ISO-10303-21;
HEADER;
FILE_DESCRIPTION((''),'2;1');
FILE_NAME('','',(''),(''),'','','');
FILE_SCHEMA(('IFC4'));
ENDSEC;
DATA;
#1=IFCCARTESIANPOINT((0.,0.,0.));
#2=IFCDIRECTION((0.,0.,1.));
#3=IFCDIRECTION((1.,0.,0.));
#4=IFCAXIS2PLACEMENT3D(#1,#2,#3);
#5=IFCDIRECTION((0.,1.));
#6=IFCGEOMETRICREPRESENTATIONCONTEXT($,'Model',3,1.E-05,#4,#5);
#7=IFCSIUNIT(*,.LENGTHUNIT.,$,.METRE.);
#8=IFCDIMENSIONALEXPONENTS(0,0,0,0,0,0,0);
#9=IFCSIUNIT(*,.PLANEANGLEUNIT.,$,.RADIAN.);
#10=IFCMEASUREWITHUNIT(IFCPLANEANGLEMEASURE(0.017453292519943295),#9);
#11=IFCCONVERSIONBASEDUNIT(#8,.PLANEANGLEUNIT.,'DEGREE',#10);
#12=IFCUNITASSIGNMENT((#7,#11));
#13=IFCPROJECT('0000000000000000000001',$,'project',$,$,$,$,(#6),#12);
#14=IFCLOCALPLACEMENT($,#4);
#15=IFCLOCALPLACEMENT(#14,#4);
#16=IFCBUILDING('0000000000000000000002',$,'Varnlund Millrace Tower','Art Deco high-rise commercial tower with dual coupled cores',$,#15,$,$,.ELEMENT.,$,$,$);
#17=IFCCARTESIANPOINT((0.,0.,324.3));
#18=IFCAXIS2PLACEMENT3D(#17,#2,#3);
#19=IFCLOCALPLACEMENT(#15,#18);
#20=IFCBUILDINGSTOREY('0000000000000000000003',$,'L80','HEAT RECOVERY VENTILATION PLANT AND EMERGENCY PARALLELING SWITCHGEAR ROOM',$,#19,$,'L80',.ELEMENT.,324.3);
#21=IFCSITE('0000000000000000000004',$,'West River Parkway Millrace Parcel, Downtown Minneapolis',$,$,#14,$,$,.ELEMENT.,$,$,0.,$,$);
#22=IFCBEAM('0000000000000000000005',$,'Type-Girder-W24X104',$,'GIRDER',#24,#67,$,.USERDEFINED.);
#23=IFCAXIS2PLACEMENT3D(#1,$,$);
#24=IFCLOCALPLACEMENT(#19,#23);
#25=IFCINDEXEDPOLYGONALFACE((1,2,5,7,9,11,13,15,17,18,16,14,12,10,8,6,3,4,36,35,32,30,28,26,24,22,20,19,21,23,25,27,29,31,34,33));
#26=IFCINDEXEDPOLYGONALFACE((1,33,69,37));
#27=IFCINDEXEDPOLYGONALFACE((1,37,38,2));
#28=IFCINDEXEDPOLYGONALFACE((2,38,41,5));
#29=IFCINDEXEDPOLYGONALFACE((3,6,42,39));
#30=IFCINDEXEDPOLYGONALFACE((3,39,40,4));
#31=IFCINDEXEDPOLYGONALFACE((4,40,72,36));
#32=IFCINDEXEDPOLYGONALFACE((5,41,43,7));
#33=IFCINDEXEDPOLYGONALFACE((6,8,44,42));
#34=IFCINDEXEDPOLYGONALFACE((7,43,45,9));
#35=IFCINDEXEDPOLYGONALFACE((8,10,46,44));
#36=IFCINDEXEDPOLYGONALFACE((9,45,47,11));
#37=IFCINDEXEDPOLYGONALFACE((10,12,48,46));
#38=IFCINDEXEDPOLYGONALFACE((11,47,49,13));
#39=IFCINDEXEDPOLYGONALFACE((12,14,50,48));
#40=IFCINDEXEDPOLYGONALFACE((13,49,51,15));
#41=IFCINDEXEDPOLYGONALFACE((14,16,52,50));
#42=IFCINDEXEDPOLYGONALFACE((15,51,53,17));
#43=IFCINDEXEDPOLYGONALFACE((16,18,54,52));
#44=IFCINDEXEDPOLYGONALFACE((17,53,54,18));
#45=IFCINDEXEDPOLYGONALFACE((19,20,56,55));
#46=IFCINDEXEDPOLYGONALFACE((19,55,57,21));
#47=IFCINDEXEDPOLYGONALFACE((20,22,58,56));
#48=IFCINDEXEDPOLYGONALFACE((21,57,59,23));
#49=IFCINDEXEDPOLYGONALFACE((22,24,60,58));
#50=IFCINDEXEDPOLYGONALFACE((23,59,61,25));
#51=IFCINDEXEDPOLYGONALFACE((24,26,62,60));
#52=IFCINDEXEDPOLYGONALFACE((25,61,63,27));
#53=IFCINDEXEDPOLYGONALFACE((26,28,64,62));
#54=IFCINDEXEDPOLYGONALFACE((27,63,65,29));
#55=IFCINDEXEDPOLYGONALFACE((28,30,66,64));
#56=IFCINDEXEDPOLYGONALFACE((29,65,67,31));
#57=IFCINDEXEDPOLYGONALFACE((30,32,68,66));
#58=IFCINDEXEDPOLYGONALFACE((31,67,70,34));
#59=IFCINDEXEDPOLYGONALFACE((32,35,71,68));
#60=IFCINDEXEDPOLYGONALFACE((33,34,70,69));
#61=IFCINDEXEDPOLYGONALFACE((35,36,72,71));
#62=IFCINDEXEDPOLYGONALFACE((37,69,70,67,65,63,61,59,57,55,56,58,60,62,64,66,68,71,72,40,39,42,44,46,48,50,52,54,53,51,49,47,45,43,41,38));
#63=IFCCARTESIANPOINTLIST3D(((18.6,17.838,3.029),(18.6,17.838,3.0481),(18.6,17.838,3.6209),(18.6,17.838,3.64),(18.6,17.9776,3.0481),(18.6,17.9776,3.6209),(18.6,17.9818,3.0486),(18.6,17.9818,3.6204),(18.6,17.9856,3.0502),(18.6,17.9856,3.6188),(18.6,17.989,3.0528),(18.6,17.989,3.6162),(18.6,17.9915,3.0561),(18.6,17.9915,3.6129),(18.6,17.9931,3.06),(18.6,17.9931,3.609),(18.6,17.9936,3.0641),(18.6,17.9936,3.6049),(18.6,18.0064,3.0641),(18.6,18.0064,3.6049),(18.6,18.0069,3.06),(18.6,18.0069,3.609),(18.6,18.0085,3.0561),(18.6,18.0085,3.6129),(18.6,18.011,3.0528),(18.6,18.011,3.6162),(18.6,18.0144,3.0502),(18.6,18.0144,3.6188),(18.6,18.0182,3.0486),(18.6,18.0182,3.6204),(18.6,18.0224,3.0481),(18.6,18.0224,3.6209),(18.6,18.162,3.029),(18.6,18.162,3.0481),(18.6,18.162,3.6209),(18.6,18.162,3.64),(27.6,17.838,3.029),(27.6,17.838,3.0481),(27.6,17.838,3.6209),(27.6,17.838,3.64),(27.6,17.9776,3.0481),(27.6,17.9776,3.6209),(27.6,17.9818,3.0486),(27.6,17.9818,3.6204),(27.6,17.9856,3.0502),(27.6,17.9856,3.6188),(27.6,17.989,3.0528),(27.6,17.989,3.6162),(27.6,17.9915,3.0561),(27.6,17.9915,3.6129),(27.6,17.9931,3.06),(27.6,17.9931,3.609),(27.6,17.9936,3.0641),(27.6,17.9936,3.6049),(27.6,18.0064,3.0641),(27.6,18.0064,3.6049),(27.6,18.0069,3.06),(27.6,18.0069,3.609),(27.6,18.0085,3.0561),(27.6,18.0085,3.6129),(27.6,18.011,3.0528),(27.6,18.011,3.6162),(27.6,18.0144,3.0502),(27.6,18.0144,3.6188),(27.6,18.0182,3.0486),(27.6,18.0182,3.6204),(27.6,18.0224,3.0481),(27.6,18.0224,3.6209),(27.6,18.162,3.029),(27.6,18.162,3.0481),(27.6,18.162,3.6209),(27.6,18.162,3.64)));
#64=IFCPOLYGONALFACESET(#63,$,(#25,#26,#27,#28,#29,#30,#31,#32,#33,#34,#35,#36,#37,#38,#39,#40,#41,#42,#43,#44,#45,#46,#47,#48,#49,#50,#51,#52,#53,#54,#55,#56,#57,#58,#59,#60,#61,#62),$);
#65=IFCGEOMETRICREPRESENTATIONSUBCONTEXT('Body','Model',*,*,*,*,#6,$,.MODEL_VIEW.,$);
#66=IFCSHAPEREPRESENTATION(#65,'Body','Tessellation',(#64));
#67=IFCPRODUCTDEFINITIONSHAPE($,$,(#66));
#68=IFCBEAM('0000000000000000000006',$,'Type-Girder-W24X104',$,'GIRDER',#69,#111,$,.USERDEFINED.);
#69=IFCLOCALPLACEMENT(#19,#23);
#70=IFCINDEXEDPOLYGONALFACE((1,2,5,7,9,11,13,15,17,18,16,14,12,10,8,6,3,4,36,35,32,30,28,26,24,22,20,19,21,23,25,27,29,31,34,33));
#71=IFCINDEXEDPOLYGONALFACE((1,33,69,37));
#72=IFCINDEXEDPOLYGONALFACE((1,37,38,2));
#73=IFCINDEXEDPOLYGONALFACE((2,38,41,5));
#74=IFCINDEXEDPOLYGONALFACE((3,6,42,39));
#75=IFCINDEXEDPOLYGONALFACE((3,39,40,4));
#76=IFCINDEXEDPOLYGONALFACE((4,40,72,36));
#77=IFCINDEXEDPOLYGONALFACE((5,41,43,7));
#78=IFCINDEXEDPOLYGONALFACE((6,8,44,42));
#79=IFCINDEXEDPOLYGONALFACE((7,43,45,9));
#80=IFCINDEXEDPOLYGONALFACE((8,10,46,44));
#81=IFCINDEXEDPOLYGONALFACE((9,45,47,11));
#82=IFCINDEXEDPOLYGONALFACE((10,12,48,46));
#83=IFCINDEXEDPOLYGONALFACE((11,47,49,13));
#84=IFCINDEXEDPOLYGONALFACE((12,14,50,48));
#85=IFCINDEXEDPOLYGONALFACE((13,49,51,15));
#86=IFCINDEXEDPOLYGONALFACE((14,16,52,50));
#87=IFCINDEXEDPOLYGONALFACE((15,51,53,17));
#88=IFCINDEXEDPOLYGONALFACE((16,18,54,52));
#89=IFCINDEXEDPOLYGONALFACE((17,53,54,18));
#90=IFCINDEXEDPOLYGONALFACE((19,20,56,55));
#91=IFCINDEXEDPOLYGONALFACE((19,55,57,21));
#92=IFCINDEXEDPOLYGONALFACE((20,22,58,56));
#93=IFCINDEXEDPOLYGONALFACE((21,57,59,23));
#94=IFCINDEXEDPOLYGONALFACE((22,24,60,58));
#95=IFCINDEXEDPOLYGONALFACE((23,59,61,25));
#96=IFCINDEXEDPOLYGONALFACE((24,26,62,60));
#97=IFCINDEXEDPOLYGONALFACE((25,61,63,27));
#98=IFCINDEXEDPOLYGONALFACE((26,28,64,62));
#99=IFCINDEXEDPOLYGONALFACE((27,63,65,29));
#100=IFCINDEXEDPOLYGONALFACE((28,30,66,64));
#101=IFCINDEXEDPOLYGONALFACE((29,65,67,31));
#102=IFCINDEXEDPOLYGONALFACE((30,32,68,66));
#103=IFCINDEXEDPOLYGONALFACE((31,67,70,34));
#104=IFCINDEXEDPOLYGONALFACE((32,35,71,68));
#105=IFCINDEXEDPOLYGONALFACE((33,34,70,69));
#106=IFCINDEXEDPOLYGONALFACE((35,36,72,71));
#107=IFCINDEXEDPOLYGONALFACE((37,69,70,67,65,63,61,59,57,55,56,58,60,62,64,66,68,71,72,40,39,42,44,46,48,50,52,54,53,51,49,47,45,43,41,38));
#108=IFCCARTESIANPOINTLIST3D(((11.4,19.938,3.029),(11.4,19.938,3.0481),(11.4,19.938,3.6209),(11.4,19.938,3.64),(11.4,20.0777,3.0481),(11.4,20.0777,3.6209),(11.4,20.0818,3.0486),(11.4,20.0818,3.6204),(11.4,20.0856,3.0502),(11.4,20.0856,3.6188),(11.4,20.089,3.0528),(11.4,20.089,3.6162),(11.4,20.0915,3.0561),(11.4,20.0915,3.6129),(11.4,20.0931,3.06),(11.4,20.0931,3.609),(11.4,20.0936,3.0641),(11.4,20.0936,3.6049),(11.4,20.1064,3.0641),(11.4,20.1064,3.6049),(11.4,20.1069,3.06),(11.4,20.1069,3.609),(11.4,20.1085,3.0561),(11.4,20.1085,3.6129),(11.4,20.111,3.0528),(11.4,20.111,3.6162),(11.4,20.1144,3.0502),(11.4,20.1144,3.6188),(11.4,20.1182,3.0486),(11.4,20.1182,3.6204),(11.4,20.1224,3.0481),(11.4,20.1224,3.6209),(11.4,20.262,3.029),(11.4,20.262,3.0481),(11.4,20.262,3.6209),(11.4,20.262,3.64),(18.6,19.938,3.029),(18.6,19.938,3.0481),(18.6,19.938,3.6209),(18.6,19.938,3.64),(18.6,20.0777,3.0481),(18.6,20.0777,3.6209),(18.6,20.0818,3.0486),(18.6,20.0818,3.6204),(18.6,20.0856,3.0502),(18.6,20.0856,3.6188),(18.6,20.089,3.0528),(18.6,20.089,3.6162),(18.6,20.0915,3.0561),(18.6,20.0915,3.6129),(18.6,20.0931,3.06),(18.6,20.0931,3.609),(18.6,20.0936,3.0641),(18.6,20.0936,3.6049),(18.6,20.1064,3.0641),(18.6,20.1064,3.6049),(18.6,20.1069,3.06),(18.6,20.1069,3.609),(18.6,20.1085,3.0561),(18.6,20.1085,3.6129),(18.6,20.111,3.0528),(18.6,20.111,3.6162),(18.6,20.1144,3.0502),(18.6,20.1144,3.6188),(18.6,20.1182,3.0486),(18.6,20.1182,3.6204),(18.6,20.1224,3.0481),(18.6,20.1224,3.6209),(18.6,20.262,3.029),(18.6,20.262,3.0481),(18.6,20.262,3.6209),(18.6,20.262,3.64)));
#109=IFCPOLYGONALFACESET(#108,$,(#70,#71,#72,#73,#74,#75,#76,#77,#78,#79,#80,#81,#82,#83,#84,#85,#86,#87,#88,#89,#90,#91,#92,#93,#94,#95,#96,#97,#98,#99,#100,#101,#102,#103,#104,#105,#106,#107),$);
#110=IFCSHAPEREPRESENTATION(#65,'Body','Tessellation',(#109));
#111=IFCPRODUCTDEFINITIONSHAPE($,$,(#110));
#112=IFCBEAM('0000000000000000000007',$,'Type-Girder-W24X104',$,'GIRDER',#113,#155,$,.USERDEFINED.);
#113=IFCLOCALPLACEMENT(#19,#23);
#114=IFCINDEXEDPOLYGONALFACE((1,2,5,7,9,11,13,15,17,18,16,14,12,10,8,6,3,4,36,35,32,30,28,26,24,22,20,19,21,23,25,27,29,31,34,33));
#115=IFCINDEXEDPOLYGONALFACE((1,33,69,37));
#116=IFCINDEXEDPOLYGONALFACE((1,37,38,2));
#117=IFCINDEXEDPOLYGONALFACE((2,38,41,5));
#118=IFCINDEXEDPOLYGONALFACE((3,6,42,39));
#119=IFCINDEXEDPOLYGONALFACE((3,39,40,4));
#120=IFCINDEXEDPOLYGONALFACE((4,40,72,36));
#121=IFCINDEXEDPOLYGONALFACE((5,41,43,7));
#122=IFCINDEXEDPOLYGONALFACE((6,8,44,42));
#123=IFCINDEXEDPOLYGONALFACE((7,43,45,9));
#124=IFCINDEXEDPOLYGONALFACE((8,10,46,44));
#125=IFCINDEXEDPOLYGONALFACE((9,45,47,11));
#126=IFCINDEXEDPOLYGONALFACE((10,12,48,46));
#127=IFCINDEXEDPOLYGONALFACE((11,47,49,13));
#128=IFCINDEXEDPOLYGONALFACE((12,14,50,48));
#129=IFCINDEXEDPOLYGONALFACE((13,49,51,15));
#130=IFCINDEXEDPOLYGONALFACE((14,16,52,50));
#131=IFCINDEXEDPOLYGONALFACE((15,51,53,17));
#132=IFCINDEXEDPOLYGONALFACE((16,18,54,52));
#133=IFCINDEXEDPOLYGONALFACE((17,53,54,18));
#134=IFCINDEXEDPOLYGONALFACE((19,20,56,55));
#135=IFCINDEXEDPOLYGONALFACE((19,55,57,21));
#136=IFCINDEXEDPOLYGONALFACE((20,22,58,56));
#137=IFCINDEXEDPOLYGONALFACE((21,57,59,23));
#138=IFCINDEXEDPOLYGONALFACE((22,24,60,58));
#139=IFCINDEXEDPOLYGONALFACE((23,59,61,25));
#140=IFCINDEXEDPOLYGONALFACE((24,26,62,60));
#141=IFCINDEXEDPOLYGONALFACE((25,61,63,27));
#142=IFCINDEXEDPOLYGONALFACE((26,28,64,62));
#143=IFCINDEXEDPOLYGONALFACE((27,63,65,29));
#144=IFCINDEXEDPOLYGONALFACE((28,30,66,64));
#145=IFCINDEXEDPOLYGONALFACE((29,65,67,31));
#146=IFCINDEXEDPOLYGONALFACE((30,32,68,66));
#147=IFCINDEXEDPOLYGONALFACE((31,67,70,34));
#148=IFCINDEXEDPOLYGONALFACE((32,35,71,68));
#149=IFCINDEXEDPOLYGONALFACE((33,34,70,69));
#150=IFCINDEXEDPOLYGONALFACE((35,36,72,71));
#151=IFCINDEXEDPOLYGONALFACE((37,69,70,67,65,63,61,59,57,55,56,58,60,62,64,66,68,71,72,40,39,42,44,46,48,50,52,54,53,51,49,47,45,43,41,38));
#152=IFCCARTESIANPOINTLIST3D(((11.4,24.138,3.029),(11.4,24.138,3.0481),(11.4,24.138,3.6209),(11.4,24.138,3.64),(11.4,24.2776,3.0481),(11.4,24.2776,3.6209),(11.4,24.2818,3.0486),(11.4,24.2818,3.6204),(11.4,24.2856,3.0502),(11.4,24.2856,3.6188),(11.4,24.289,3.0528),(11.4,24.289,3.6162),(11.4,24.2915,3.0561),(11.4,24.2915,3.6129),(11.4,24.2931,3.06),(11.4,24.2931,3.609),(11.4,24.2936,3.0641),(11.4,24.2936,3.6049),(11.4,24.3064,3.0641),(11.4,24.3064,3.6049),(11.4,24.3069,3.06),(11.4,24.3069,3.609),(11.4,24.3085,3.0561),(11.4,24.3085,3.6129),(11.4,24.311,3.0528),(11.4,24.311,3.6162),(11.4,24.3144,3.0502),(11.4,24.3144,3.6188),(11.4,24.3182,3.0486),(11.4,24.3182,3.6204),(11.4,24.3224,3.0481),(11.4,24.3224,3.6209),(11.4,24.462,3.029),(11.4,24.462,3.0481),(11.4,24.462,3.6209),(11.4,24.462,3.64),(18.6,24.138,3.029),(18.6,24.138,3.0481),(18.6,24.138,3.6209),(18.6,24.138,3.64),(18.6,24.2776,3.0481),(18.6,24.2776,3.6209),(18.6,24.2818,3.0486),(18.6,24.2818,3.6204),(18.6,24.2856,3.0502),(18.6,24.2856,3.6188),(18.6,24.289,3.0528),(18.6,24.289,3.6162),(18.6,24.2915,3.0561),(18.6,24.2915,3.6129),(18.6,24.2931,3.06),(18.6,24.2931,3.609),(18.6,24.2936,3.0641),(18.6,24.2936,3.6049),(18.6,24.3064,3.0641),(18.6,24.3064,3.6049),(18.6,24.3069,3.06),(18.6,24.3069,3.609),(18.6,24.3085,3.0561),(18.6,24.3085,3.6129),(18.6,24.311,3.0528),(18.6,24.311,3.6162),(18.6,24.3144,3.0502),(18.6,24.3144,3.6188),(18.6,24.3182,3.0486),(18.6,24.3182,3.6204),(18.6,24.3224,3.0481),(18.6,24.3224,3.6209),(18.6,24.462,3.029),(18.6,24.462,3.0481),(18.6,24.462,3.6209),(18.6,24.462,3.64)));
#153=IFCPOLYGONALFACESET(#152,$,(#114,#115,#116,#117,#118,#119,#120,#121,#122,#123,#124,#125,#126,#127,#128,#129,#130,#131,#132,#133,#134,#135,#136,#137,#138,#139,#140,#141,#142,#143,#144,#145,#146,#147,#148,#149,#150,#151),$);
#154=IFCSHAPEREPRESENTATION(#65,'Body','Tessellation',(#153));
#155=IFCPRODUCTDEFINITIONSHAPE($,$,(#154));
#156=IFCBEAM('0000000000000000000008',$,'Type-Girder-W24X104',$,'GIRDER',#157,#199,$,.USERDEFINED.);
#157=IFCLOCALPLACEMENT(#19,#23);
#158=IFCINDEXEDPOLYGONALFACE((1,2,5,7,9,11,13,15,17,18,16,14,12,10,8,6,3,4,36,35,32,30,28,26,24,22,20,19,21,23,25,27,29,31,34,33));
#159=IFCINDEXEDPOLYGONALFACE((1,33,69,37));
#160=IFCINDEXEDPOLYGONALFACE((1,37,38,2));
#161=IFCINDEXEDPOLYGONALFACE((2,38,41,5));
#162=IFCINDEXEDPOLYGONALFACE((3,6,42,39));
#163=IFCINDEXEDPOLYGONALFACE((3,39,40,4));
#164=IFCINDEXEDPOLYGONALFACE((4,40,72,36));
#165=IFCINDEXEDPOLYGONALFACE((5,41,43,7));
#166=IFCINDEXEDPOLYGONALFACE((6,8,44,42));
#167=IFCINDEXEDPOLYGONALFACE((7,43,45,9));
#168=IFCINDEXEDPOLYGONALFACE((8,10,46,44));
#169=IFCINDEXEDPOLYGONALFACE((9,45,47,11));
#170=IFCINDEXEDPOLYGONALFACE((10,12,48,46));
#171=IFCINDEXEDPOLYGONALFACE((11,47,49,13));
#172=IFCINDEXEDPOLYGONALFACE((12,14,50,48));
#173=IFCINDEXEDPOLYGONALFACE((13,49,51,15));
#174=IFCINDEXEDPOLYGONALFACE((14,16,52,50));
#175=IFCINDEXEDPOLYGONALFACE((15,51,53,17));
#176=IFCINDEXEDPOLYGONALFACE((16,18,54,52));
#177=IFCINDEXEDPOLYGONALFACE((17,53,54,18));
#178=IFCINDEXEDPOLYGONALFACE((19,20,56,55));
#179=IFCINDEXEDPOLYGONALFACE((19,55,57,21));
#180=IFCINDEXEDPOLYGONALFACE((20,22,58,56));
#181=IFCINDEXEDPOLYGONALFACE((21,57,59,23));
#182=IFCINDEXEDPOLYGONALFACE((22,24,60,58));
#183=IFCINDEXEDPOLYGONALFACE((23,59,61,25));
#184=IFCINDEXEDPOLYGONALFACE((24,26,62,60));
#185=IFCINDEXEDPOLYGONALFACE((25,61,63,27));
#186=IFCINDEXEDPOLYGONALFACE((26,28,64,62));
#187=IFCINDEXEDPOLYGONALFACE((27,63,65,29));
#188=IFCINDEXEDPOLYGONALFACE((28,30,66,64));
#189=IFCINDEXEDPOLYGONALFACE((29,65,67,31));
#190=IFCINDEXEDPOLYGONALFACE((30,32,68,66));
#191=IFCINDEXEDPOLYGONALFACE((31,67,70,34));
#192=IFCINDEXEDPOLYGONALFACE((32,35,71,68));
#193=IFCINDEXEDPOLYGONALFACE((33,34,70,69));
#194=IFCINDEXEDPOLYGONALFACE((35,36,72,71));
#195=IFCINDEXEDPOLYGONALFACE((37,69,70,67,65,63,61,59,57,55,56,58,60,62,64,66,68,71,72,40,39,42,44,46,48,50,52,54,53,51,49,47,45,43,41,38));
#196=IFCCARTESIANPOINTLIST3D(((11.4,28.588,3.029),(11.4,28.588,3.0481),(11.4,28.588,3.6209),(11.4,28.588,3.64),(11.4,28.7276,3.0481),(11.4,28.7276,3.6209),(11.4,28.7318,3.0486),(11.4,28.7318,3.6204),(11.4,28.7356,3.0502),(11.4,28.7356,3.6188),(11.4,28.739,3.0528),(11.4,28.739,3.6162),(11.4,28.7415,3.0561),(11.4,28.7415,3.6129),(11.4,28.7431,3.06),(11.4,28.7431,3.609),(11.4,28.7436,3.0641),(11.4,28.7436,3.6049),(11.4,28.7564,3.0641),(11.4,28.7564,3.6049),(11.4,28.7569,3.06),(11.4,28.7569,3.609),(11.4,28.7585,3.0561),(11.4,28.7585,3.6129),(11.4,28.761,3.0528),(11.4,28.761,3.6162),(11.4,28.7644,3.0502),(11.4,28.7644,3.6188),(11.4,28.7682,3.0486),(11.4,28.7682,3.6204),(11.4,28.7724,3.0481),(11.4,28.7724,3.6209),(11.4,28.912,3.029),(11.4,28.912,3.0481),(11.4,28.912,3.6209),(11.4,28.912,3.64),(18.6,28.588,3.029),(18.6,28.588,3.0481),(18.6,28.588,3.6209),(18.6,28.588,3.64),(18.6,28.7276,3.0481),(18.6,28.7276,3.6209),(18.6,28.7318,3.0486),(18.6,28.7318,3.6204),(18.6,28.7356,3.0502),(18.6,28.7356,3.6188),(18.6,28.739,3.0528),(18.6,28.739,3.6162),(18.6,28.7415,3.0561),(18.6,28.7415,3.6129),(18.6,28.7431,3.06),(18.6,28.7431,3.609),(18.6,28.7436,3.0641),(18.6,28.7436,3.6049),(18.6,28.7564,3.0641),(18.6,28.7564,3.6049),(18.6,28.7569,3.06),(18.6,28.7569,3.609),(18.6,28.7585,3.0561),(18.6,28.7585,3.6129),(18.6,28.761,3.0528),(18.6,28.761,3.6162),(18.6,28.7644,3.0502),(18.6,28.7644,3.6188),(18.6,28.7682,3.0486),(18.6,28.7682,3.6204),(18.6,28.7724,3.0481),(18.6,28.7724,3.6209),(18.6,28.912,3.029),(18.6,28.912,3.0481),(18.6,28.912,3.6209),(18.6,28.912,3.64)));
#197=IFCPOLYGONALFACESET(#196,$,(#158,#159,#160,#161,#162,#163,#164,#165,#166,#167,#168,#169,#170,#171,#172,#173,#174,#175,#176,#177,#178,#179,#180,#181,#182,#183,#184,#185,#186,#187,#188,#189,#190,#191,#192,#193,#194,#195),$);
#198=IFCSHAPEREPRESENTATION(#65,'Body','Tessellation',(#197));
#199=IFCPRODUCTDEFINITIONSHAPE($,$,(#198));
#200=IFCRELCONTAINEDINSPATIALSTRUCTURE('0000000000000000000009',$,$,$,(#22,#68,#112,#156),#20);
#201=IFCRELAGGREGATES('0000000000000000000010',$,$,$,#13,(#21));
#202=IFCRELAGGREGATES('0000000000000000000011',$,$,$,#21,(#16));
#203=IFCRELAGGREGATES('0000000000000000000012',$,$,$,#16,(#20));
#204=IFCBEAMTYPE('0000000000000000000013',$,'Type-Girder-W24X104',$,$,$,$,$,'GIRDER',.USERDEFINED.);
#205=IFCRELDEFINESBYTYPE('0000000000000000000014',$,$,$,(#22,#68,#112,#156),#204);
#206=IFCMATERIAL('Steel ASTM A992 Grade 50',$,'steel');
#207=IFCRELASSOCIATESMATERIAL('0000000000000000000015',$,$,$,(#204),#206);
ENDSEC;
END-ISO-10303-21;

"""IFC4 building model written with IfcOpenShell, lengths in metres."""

from ifc_helpers import new_model, entity, si_unit, converted_unit, direction, frame, origin_with_axes, origin_2d_with_axis, place, context, subcontext, project, spatial, i_section, extrude, material, material_profile, profile_set, type_object, element, save


model = new_model("IFC4")

# Units and contexts
model_context = context("Model", 3, precision=1e-05, world=origin_with_axes(), true_north=direction((0.0, 1.0)))
body_context = subcontext(model_context, "Body", "Model", "MODEL_VIEW")
ifc_project = project(units=[si_unit("LENGTHUNIT", "METRE"), converted_unit("PLANEANGLEUNIT", "DEGREE", entity("IfcPlaneAngleMeasure", 0.017453292519943295), si_unit("PLANEANGLEUNIT", "RADIAN"), dimensions=[0, 0, 0, 0, 0, 0, 0])], contexts=[model_context])

# Site, building, storey
site_placement = place(None, origin_with_axes())
site = spatial("IfcSite", under=ifc_project, at=site_placement, Name="West River Parkway Millrace Parcel, Downtown Minneapolis", CompositionType="ELEMENT", RefElevation=0.0)
building_placement = place(site_placement, origin_with_axes())
building = spatial("IfcBuilding", under=site, at=building_placement, Name="Varnlund Millrace Tower", Description="Art Deco high-rise commercial tower with dual coupled cores", CompositionType="ELEMENT")
storey_placement = place(building_placement, frame((0.0, 0.0, 324.3), z_axis=(0.0, 0.0, 1.0), x_axis=(1.0, 0.0, 0.0)))
storey = spatial("IfcBuildingStorey", under=building, at=storey_placement, Name="L80", Description="HEAT RECOVERY VENTILATION PLANT AND EMERGENCY PARALLELING SWITCHGEAR ROOM", LongName="L80", CompositionType="ELEMENT", Elevation=324.3)

# Shared definitions
ifc_material_1 = material(Name="Steel ASTM A992 Grade 50", Category="steel")

# Beams
ifc_material_profile_1 = material_profile(ifc_material_1, i_section(OverallWidth=0.324, OverallDepth=0.611, WebThickness=0.0127, FlangeThickness=0.0191, FilletRadius=0.016, at=origin_2d_with_axis()), Name="Steel ASTM A992 Grade 50")
ifc_profile_set_1 = profile_set([ifc_material_profile_1], Name="Steel ASTM A992 Grade 50")
beam_type_1 = type_object("IfcBeamType", Name="Type-Girder-W24X104", ElementType="GIRDER", PredefinedType="USERDEFINED", material=ifc_profile_set_1)
for number, where, z_axis, x_axis, name in (
    (1, (18.6, 18.0, 3.3345), (1.0, 0.0, 0.0), (0.0, 1.0, 0.0), "Type-Girder-W24X104"),
):
    element("IfcBeam", number, at=place(storey_placement, frame(where, z_axis=z_axis, x_axis=x_axis)), inside=storey, type_object=beam_type_1, Name=name, ObjectType="GIRDER", PredefinedType="USERDEFINED", context=body_context, shape_type="SweptSolid", body=[
        extrude(i_section(OverallWidth=0.324, OverallDepth=0.611, WebThickness=0.0127, FlangeThickness=0.0191, FilletRadius=0.016, at=origin_2d_with_axis()), origin_with_axes(), (0.0, 0.0, 1.0), 9.0),
    ])
for number, where, z_axis, x_axis, name in (
    (2, (11.4, 20.1, 3.3345), (1.0, 0.0, 0.0), (0.0, 1.0, 0.0), "Type-Girder-W24X104"),
    (3, (11.4, 24.3, 3.3345), (1.0, 0.0, 0.0), (0.0, 1.0, 0.0), "Type-Girder-W24X104"),
    (4, (11.4, 28.75, 3.3345), (1.0, 0.0, 0.0), (0.0, 1.0, 0.0), "Type-Girder-W24X104"),
):
    element("IfcBeam", number, at=place(storey_placement, frame(where, z_axis=z_axis, x_axis=x_axis)), inside=storey, type_object=beam_type_1, Name=name, ObjectType="GIRDER", PredefinedType="USERDEFINED", context=body_context, shape_type="SweptSolid", body=[
        extrude(i_section(OverallWidth=0.324, OverallDepth=0.611, WebThickness=0.0127, FlangeThickness=0.0191, FilletRadius=0.016, at=origin_2d_with_axis()), origin_with_axes(), (0.0, 0.0, 1.0), 7.2),
    ])

save(model, "model.ifc")
